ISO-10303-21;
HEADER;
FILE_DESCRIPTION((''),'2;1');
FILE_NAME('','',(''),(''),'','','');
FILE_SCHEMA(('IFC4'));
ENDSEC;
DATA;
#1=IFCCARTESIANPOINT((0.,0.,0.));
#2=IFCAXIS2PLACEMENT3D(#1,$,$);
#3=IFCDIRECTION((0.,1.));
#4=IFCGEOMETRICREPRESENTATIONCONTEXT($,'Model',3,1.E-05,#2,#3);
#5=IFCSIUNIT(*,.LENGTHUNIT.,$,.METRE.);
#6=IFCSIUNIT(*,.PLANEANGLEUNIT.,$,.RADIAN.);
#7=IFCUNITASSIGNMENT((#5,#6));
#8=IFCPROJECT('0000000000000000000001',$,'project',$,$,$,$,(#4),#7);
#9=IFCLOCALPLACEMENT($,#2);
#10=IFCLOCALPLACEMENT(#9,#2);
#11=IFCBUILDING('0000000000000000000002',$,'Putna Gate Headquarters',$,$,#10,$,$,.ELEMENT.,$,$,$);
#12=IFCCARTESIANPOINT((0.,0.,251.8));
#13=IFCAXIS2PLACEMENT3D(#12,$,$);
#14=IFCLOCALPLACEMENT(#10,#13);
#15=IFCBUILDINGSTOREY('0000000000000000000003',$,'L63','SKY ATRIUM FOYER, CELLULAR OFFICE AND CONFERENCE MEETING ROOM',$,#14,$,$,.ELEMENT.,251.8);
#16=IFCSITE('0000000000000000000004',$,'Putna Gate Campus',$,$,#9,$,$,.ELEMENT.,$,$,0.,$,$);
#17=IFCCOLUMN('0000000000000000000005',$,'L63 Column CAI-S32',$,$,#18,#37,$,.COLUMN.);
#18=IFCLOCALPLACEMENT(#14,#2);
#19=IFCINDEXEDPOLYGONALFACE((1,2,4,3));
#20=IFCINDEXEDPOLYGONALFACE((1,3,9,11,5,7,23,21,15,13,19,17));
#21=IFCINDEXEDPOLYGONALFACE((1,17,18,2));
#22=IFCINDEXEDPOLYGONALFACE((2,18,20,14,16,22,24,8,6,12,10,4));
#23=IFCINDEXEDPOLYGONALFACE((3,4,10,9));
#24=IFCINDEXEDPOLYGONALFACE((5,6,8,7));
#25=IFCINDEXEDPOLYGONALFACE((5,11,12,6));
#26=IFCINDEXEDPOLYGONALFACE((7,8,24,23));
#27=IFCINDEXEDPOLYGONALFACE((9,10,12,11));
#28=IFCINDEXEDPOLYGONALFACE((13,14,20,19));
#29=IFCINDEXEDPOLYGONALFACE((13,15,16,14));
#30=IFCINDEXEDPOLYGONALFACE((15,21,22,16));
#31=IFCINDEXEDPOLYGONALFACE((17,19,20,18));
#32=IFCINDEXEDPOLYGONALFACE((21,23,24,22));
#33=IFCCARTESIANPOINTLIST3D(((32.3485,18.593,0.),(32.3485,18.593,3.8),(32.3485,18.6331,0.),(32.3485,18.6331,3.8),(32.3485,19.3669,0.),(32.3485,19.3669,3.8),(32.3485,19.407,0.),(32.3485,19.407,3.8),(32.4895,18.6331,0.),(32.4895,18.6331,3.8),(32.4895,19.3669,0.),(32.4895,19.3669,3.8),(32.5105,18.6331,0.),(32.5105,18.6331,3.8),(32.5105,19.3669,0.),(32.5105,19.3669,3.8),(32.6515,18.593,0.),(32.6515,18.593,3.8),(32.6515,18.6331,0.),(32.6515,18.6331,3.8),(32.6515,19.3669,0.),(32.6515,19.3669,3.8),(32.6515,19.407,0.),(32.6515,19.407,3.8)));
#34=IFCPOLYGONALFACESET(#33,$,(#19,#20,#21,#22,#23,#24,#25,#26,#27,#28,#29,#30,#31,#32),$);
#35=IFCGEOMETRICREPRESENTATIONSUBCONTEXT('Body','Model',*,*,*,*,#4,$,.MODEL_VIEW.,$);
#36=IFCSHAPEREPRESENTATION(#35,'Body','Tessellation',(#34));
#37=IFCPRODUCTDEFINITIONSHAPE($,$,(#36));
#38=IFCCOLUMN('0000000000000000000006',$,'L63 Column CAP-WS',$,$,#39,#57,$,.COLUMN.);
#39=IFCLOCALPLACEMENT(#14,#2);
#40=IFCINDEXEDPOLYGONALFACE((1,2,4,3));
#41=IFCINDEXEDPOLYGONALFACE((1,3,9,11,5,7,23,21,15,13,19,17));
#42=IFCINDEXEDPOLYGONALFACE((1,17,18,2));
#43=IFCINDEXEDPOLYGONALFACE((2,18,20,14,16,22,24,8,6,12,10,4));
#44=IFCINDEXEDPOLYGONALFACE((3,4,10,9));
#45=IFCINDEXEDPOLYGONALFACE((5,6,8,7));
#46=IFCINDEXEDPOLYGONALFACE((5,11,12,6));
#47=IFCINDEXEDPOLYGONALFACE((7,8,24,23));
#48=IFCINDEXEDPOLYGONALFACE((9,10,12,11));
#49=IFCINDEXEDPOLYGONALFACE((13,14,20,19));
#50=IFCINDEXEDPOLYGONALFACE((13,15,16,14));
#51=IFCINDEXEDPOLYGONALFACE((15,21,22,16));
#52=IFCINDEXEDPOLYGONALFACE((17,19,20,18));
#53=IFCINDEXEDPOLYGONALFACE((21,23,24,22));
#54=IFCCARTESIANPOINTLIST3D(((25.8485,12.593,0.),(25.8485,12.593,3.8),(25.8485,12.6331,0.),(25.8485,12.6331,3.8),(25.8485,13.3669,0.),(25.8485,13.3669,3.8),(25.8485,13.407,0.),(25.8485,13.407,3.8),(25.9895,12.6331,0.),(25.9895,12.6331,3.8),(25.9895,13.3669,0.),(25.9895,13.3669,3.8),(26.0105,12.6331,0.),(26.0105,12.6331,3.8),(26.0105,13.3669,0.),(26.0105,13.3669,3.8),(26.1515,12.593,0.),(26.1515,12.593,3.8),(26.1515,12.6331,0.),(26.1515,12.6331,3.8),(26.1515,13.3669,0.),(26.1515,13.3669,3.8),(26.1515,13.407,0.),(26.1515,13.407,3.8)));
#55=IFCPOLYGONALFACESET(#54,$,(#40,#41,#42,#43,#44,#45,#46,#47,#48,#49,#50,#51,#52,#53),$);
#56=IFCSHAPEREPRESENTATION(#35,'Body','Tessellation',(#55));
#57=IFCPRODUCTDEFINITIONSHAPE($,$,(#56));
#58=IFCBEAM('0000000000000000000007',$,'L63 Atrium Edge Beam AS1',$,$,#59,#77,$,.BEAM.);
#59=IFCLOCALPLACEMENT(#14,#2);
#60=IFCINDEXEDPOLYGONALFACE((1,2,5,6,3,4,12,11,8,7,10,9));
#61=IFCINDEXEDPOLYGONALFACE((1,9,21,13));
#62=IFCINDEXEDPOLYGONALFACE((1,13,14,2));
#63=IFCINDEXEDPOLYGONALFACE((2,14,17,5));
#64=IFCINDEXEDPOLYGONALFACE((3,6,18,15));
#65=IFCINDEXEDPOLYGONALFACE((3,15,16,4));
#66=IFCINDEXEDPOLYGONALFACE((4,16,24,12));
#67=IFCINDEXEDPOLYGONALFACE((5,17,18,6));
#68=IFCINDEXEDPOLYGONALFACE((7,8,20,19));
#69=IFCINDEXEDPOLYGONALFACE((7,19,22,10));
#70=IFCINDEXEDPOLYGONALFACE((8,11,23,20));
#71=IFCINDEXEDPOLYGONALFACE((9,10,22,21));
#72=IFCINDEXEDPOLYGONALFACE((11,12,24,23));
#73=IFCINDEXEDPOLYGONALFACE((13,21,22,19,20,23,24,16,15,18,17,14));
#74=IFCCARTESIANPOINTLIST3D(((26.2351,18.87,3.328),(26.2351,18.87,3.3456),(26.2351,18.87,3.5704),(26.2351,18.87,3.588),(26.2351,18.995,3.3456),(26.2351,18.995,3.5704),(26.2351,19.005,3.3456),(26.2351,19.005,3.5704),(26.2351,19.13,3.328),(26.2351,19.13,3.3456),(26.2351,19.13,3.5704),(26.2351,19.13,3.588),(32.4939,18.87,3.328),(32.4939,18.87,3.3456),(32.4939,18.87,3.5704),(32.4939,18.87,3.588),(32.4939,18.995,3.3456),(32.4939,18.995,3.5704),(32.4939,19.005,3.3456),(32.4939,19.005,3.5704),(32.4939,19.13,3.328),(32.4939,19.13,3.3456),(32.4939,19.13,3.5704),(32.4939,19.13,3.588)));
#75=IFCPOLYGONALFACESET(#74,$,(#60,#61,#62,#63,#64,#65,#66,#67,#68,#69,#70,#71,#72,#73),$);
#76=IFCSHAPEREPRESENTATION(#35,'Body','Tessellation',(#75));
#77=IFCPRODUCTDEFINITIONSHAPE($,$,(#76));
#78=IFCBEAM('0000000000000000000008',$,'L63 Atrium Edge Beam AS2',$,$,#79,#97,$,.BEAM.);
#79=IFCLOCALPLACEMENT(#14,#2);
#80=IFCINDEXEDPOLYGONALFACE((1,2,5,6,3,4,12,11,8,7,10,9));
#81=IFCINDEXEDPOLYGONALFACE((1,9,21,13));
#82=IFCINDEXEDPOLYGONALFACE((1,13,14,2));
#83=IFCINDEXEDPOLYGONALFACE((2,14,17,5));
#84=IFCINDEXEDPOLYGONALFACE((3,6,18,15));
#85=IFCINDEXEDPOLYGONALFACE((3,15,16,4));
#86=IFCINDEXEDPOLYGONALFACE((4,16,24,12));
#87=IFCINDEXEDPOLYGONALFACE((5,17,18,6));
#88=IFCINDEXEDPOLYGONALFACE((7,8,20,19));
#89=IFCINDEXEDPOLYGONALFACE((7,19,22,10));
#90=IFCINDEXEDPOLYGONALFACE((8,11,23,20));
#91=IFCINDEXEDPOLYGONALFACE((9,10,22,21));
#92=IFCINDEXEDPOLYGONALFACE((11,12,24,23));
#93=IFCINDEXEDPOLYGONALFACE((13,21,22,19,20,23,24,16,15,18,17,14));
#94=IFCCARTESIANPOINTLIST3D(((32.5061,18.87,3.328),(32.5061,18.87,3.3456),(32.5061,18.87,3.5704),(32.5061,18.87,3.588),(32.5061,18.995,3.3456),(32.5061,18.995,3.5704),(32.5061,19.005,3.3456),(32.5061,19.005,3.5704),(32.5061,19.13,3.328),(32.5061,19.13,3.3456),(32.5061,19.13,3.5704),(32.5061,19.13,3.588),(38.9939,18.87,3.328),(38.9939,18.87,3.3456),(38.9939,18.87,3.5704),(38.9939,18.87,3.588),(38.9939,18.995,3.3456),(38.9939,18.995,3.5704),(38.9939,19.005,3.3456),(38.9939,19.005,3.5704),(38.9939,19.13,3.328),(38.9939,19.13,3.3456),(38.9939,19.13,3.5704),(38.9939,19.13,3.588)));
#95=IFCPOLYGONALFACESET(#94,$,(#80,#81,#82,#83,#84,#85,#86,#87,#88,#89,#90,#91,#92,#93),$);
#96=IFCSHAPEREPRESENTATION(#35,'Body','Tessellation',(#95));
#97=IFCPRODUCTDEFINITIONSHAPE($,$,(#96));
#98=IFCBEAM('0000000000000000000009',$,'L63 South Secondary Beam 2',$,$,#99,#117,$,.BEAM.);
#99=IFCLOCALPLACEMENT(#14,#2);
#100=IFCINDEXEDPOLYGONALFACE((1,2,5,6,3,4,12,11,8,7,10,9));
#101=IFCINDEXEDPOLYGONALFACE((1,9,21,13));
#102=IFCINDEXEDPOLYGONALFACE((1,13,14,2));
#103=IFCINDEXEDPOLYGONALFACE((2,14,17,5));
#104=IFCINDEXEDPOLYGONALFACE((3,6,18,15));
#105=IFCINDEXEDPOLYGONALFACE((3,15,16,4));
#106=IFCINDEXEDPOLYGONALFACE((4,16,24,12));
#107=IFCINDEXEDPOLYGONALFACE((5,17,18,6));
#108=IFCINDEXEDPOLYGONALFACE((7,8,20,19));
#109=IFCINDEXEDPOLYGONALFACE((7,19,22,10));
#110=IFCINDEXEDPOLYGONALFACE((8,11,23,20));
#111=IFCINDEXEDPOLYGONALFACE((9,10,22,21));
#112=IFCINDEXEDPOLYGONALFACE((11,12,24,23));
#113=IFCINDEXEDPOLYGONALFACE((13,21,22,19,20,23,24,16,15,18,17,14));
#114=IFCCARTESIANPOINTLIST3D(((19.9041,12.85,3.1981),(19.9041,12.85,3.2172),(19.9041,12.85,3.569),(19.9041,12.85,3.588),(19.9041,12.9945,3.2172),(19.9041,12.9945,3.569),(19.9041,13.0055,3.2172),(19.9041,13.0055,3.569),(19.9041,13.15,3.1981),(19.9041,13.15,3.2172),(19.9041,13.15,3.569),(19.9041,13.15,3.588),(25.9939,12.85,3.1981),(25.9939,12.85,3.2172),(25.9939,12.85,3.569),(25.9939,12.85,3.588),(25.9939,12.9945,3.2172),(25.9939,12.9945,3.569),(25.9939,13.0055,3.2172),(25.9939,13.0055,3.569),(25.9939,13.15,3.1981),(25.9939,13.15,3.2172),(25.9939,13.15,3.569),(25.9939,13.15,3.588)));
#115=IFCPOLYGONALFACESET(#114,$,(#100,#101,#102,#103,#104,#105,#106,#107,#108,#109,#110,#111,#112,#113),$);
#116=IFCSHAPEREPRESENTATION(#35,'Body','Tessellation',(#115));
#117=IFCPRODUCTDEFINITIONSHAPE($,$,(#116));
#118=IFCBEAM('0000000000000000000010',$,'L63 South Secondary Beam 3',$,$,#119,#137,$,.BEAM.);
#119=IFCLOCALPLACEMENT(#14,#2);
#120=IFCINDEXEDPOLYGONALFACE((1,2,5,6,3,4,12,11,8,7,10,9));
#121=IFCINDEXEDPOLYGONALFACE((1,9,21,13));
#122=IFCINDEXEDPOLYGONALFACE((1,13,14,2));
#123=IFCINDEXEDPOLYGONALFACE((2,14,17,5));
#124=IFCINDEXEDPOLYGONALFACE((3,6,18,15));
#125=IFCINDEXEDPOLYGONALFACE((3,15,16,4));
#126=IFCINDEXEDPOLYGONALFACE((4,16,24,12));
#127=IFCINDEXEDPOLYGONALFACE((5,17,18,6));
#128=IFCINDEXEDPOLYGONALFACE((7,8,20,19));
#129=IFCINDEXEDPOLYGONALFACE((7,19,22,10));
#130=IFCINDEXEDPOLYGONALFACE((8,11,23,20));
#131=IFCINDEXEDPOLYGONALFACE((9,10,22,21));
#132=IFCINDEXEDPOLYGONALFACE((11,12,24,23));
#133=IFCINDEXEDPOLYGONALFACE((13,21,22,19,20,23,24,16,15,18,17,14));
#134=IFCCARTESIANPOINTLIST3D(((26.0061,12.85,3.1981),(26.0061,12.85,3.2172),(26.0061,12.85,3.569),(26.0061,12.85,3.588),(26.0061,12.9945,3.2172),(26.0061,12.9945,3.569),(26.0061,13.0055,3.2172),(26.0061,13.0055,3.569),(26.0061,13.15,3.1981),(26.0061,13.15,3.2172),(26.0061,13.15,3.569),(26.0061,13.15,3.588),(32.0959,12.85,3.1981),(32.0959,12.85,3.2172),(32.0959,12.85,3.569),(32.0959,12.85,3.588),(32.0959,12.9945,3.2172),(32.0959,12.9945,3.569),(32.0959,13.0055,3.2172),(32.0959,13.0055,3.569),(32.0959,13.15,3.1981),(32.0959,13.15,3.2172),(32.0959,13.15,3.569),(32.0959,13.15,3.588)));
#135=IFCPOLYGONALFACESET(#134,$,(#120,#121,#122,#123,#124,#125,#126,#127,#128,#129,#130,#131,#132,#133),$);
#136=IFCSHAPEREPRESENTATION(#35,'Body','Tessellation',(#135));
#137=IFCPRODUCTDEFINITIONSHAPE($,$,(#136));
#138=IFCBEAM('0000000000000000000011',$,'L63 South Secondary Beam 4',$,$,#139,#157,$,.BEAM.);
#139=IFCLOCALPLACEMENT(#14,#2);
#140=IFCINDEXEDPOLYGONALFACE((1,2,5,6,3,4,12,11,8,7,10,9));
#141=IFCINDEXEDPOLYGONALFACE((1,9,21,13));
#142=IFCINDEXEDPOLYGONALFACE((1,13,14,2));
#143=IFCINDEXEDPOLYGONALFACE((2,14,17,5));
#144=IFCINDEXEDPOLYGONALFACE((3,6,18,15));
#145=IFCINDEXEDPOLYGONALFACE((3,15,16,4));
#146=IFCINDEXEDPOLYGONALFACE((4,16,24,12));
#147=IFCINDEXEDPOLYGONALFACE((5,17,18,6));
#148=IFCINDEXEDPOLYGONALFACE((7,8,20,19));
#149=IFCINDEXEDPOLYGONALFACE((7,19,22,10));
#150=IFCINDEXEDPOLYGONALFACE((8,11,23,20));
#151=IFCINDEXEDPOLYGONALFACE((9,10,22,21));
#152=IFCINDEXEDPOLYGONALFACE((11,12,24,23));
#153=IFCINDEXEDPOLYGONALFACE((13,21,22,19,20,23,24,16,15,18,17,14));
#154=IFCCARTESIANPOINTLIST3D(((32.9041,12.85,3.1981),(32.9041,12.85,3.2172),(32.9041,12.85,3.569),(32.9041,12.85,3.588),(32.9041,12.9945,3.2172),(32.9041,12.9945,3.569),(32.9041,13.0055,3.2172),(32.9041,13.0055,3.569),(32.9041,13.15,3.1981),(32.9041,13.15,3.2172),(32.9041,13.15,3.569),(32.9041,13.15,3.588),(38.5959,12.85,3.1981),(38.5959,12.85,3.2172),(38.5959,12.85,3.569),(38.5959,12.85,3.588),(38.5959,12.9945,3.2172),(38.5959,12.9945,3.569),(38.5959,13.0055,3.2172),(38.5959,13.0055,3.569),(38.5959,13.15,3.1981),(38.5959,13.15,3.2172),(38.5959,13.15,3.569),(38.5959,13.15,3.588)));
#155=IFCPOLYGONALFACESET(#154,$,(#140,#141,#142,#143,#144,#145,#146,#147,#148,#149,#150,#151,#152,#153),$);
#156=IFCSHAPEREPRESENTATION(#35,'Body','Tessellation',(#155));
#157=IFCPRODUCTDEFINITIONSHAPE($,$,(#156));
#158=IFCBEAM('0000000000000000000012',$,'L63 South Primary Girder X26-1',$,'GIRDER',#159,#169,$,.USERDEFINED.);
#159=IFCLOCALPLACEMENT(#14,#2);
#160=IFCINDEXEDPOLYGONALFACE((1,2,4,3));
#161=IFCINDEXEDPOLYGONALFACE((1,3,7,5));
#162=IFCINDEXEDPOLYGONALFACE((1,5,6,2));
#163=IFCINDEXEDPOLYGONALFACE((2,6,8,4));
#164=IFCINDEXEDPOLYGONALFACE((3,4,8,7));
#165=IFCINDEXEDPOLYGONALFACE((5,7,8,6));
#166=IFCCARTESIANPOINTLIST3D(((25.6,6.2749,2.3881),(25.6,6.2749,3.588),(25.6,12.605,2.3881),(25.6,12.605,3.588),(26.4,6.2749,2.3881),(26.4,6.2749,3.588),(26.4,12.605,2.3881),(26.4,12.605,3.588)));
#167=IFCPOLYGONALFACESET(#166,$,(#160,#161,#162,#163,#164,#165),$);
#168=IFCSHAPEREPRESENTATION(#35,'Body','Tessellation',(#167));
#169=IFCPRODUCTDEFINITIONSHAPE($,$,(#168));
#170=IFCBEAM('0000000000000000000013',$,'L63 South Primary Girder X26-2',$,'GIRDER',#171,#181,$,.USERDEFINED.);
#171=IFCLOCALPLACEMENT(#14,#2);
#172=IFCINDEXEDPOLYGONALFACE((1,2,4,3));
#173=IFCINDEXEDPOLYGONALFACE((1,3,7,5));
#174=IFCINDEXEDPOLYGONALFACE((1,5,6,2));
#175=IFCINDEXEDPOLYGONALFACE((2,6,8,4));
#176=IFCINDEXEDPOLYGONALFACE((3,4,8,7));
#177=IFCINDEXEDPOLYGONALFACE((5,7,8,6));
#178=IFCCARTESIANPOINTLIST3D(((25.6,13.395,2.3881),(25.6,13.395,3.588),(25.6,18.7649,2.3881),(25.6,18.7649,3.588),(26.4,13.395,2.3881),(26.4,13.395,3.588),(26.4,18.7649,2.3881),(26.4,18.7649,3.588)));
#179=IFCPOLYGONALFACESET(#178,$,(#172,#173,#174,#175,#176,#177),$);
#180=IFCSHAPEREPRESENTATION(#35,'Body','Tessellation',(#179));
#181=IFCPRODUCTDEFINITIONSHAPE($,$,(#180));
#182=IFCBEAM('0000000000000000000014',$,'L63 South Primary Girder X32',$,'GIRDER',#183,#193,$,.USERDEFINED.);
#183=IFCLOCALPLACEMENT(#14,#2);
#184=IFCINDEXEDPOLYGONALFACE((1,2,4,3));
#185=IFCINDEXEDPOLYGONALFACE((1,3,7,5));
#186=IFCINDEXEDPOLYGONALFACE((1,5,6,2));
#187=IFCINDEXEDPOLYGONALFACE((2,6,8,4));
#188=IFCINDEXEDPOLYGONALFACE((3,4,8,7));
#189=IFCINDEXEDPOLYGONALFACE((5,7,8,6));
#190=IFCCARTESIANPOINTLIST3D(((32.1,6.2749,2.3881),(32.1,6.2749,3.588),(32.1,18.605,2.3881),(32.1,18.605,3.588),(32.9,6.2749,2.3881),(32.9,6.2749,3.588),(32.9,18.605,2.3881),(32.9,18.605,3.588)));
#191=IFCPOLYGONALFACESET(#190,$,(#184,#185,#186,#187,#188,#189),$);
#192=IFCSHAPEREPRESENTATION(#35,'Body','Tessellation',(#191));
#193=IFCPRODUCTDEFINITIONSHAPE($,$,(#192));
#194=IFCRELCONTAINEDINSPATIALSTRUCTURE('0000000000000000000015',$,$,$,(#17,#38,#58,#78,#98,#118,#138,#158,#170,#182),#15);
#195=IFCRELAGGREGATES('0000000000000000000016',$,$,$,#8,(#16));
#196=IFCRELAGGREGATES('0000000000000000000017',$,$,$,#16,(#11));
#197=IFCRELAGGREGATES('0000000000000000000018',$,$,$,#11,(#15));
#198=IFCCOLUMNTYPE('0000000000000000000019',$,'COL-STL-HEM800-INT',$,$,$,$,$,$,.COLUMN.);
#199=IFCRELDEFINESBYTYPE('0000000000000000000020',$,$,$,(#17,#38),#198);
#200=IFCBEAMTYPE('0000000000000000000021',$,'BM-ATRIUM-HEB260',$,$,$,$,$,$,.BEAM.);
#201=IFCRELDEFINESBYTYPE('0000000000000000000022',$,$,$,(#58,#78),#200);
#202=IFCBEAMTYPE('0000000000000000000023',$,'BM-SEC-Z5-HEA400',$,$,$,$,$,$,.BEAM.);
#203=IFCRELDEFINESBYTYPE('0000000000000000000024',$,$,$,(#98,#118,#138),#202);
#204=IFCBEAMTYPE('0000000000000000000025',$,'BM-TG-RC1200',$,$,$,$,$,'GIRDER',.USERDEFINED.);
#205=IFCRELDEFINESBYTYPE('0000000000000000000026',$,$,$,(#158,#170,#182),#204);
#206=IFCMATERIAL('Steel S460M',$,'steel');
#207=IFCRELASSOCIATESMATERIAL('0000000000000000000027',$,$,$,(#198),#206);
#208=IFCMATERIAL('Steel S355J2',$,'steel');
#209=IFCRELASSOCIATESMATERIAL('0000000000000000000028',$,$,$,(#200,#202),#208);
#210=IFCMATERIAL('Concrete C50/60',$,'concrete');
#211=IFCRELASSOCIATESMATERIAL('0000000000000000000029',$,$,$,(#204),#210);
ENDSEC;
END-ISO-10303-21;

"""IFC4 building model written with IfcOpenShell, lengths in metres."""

from ifc_helpers import new_model, si_unit, direction, frame, origin, origin_2d, place, context, subcontext, project, spatial, rectangle, i_section, extrude, material, material_profile, profile_set, type_object, element, save


model = new_model("IFC4")

# Units and contexts
model_context = context("Model", 3, precision=1e-05, world=origin(), true_north=direction((0.0, 1.0)))
body_context = subcontext(model_context, "Body", "Model", "MODEL_VIEW")
ifc_project = project(units=[si_unit("LENGTHUNIT", "METRE"), si_unit("PLANEANGLEUNIT", "RADIAN")], contexts=[model_context])

# Site, building, storey
site_placement = place(None, origin())
site = spatial("IfcSite", under=ifc_project, at=site_placement, Name="Putna Gate Campus", CompositionType="ELEMENT", RefElevation=0.0)
building_placement = place(site_placement, origin())
building = spatial("IfcBuilding", under=site, at=building_placement, Name="Putna Gate Headquarters", CompositionType="ELEMENT")
storey_placement = place(building_placement, frame((0.0, 0.0, 251.8)))
storey = spatial("IfcBuildingStorey", under=building, at=storey_placement, Name="L63", Description="SKY ATRIUM FOYER, CELLULAR OFFICE AND CONFERENCE MEETING ROOM", CompositionType="ELEMENT", Elevation=251.8)

# Columns
ifc_material_1 = material(Name="Steel S460M", Category="steel")
ifc_material_profile_1 = material_profile(ifc_material_1, i_section(OverallWidth=0.303, OverallDepth=0.814, WebThickness=0.021, FlangeThickness=0.04, at=origin_2d()), Name="Steel S460M")
ifc_profile_set_1 = profile_set([ifc_material_profile_1], Name="Steel S460M")
column_type = type_object("IfcColumnType", Name="COL-STL-HEM800-INT", PredefinedType="COLUMN", material=ifc_profile_set_1)
for number, where, z_axis, x_axis, name in (
    (1, (32.5, 19.0, 0.0), (0.0, 0.0, 1.0), (1.0, 0.0, 0.0), "L63 Column CAI-S32"),
    (2, (26.0, 13.0, 0.0), (0.0, 0.0, 1.0), (1.0, 0.0, 0.0), "L63 Column CAP-WS"),
):
    element("IfcColumn", number, at=place(storey_placement, frame(where, z_axis=z_axis, x_axis=x_axis)), inside=storey, type_object=column_type, Name=name, PredefinedType="COLUMN", context=body_context, shape_type="SweptSolid", body=[
        extrude(i_section(OverallWidth=0.303, OverallDepth=0.814, WebThickness=0.021, FlangeThickness=0.04, at=origin_2d()), origin(), (0.0, 0.0, 1.0), 3.8),
    ])

# Beams
ifc_material_2 = material(Name="Steel S355J2", Category="steel")
ifc_material_profile_2 = material_profile(ifc_material_2, i_section(OverallWidth=0.26, OverallDepth=0.26, WebThickness=0.01, FlangeThickness=0.0176, at=origin_2d()), Name="Steel S355J2")
ifc_profile_set_2 = profile_set([ifc_material_profile_2], Name="Steel S355J2")
beam_type_1 = type_object("IfcBeamType", Name="BM-ATRIUM-HEB260", PredefinedType="BEAM", material=ifc_profile_set_2)
beam_1_placement = place(storey_placement, frame((26.2351, 19.0, 3.458), z_axis=(1.0, 0.0, 0.0), x_axis=(0.0, 1.0, 0.0)))
element("IfcBeam", 3, at=beam_1_placement, inside=storey, type_object=beam_type_1, Name="L63 Atrium Edge Beam AS1", PredefinedType="BEAM", context=body_context, shape_type="SweptSolid", body=[
    extrude(i_section(OverallWidth=0.26, OverallDepth=0.26, WebThickness=0.01, FlangeThickness=0.0176, at=origin_2d()), origin(), (0.0, 0.0, 1.0), 6.2588),
])
beam_2_placement = place(storey_placement, frame((32.5061, 19.0, 3.458), z_axis=(1.0, 0.0, 0.0), x_axis=(0.0, 1.0, 0.0)))
element("IfcBeam", 4, at=beam_2_placement, inside=storey, type_object=beam_type_1, Name="L63 Atrium Edge Beam AS2", PredefinedType="BEAM", context=body_context, shape_type="SweptSolid", body=[
    extrude(i_section(OverallWidth=0.26, OverallDepth=0.26, WebThickness=0.01, FlangeThickness=0.0176, at=origin_2d()), origin(), (0.0, 0.0, 1.0), 6.4878),
])
ifc_material_profile_3 = material_profile(ifc_material_2, i_section(OverallWidth=0.3, OverallDepth=0.3899, WebThickness=0.011, FlangeThickness=0.019, at=origin_2d()), Name="Steel S355J2")
ifc_profile_set_3 = profile_set([ifc_material_profile_3], Name="Steel S355J2")
beam_type_2 = type_object("IfcBeamType", Name="BM-SEC-Z5-HEA400", PredefinedType="BEAM", material=ifc_profile_set_3)
for number, where, z_axis, x_axis, name in (
    (5, (19.9041, 13.0, 3.3931), (1.0, 0.0, 0.0), (0.0, 1.0, 0.0), "L63 South Secondary Beam 2"),
    (6, (26.0061, 13.0, 3.3931), (1.0, 0.0, 0.0), (0.0, 1.0, 0.0), "L63 South Secondary Beam 3"),
):
    element("IfcBeam", number, at=place(storey_placement, frame(where, z_axis=z_axis, x_axis=x_axis)), inside=storey, type_object=beam_type_2, Name=name, PredefinedType="BEAM", context=body_context, shape_type="SweptSolid", body=[
        extrude(i_section(OverallWidth=0.3, OverallDepth=0.3899, WebThickness=0.011, FlangeThickness=0.019, at=origin_2d()), origin(), (0.0, 0.0, 1.0), 6.0898),
    ])
beam_3_placement = place(storey_placement, frame((32.9041, 13.0, 3.3931), z_axis=(1.0, 0.0, 0.0), x_axis=(0.0, 1.0, 0.0)))
element("IfcBeam", 7, at=beam_3_placement, inside=storey, type_object=beam_type_2, Name="L63 South Secondary Beam 4", PredefinedType="BEAM", context=body_context, shape_type="SweptSolid", body=[
    extrude(i_section(OverallWidth=0.3, OverallDepth=0.3899, WebThickness=0.011, FlangeThickness=0.019, at=origin_2d()), origin(), (0.0, 0.0, 1.0), 5.6919),
])
ifc_material_3 = material(Name="Concrete C50/60", Category="concrete")
ifc_material_profile_4 = material_profile(ifc_material_3, rectangle(XDim=0.8, YDim=1.2, at=origin_2d()), Name="Concrete C50/60")
ifc_profile_set_4 = profile_set([ifc_material_profile_4], Name="Concrete C50/60")
beam_type_3 = type_object("IfcBeamType", Name="BM-TG-RC1200", ElementType="GIRDER", PredefinedType="USERDEFINED", material=ifc_profile_set_4)
beam_4_placement = place(storey_placement, frame((26.0, 6.2749, 2.988), z_axis=(0.0, 1.0, 0.0), x_axis=(-1.0, 0.0, 0.0)))
element("IfcBeam", 8, at=beam_4_placement, inside=storey, type_object=beam_type_3, Name="L63 South Primary Girder X26-1", ObjectType="GIRDER", PredefinedType="USERDEFINED", context=body_context, shape_type="SweptSolid", body=[
    extrude(rectangle(XDim=0.8, YDim=1.2, at=origin_2d()), origin(), (0.0, 0.0, 1.0), 6.3301),
])
beam_5_placement = place(storey_placement, frame((26.0, 13.395, 2.988), z_axis=(0.0, 1.0, 0.0), x_axis=(-1.0, 0.0, 0.0)))
element("IfcBeam", 9, at=beam_5_placement, inside=storey, type_object=beam_type_3, Name="L63 South Primary Girder X26-2", ObjectType="GIRDER", PredefinedType="USERDEFINED", context=body_context, shape_type="SweptSolid", body=[
    extrude(rectangle(XDim=0.8, YDim=1.2, at=origin_2d()), origin(), (0.0, 0.0, 1.0), 5.3699),
])
beam_6_placement = place(storey_placement, frame((32.5, 6.2749, 2.988), z_axis=(0.0, 1.0, 0.0), x_axis=(-1.0, 0.0, 0.0)))
element("IfcBeam", 10, at=beam_6_placement, inside=storey, type_object=beam_type_3, Name="L63 South Primary Girder X32", ObjectType="GIRDER", PredefinedType="USERDEFINED", context=body_context, shape_type="SweptSolid", body=[
    extrude(rectangle(XDim=0.8, YDim=1.2, at=origin_2d()), origin(), (0.0, 0.0, 1.0), 12.3301),
])

save(model, "model.ifc")
